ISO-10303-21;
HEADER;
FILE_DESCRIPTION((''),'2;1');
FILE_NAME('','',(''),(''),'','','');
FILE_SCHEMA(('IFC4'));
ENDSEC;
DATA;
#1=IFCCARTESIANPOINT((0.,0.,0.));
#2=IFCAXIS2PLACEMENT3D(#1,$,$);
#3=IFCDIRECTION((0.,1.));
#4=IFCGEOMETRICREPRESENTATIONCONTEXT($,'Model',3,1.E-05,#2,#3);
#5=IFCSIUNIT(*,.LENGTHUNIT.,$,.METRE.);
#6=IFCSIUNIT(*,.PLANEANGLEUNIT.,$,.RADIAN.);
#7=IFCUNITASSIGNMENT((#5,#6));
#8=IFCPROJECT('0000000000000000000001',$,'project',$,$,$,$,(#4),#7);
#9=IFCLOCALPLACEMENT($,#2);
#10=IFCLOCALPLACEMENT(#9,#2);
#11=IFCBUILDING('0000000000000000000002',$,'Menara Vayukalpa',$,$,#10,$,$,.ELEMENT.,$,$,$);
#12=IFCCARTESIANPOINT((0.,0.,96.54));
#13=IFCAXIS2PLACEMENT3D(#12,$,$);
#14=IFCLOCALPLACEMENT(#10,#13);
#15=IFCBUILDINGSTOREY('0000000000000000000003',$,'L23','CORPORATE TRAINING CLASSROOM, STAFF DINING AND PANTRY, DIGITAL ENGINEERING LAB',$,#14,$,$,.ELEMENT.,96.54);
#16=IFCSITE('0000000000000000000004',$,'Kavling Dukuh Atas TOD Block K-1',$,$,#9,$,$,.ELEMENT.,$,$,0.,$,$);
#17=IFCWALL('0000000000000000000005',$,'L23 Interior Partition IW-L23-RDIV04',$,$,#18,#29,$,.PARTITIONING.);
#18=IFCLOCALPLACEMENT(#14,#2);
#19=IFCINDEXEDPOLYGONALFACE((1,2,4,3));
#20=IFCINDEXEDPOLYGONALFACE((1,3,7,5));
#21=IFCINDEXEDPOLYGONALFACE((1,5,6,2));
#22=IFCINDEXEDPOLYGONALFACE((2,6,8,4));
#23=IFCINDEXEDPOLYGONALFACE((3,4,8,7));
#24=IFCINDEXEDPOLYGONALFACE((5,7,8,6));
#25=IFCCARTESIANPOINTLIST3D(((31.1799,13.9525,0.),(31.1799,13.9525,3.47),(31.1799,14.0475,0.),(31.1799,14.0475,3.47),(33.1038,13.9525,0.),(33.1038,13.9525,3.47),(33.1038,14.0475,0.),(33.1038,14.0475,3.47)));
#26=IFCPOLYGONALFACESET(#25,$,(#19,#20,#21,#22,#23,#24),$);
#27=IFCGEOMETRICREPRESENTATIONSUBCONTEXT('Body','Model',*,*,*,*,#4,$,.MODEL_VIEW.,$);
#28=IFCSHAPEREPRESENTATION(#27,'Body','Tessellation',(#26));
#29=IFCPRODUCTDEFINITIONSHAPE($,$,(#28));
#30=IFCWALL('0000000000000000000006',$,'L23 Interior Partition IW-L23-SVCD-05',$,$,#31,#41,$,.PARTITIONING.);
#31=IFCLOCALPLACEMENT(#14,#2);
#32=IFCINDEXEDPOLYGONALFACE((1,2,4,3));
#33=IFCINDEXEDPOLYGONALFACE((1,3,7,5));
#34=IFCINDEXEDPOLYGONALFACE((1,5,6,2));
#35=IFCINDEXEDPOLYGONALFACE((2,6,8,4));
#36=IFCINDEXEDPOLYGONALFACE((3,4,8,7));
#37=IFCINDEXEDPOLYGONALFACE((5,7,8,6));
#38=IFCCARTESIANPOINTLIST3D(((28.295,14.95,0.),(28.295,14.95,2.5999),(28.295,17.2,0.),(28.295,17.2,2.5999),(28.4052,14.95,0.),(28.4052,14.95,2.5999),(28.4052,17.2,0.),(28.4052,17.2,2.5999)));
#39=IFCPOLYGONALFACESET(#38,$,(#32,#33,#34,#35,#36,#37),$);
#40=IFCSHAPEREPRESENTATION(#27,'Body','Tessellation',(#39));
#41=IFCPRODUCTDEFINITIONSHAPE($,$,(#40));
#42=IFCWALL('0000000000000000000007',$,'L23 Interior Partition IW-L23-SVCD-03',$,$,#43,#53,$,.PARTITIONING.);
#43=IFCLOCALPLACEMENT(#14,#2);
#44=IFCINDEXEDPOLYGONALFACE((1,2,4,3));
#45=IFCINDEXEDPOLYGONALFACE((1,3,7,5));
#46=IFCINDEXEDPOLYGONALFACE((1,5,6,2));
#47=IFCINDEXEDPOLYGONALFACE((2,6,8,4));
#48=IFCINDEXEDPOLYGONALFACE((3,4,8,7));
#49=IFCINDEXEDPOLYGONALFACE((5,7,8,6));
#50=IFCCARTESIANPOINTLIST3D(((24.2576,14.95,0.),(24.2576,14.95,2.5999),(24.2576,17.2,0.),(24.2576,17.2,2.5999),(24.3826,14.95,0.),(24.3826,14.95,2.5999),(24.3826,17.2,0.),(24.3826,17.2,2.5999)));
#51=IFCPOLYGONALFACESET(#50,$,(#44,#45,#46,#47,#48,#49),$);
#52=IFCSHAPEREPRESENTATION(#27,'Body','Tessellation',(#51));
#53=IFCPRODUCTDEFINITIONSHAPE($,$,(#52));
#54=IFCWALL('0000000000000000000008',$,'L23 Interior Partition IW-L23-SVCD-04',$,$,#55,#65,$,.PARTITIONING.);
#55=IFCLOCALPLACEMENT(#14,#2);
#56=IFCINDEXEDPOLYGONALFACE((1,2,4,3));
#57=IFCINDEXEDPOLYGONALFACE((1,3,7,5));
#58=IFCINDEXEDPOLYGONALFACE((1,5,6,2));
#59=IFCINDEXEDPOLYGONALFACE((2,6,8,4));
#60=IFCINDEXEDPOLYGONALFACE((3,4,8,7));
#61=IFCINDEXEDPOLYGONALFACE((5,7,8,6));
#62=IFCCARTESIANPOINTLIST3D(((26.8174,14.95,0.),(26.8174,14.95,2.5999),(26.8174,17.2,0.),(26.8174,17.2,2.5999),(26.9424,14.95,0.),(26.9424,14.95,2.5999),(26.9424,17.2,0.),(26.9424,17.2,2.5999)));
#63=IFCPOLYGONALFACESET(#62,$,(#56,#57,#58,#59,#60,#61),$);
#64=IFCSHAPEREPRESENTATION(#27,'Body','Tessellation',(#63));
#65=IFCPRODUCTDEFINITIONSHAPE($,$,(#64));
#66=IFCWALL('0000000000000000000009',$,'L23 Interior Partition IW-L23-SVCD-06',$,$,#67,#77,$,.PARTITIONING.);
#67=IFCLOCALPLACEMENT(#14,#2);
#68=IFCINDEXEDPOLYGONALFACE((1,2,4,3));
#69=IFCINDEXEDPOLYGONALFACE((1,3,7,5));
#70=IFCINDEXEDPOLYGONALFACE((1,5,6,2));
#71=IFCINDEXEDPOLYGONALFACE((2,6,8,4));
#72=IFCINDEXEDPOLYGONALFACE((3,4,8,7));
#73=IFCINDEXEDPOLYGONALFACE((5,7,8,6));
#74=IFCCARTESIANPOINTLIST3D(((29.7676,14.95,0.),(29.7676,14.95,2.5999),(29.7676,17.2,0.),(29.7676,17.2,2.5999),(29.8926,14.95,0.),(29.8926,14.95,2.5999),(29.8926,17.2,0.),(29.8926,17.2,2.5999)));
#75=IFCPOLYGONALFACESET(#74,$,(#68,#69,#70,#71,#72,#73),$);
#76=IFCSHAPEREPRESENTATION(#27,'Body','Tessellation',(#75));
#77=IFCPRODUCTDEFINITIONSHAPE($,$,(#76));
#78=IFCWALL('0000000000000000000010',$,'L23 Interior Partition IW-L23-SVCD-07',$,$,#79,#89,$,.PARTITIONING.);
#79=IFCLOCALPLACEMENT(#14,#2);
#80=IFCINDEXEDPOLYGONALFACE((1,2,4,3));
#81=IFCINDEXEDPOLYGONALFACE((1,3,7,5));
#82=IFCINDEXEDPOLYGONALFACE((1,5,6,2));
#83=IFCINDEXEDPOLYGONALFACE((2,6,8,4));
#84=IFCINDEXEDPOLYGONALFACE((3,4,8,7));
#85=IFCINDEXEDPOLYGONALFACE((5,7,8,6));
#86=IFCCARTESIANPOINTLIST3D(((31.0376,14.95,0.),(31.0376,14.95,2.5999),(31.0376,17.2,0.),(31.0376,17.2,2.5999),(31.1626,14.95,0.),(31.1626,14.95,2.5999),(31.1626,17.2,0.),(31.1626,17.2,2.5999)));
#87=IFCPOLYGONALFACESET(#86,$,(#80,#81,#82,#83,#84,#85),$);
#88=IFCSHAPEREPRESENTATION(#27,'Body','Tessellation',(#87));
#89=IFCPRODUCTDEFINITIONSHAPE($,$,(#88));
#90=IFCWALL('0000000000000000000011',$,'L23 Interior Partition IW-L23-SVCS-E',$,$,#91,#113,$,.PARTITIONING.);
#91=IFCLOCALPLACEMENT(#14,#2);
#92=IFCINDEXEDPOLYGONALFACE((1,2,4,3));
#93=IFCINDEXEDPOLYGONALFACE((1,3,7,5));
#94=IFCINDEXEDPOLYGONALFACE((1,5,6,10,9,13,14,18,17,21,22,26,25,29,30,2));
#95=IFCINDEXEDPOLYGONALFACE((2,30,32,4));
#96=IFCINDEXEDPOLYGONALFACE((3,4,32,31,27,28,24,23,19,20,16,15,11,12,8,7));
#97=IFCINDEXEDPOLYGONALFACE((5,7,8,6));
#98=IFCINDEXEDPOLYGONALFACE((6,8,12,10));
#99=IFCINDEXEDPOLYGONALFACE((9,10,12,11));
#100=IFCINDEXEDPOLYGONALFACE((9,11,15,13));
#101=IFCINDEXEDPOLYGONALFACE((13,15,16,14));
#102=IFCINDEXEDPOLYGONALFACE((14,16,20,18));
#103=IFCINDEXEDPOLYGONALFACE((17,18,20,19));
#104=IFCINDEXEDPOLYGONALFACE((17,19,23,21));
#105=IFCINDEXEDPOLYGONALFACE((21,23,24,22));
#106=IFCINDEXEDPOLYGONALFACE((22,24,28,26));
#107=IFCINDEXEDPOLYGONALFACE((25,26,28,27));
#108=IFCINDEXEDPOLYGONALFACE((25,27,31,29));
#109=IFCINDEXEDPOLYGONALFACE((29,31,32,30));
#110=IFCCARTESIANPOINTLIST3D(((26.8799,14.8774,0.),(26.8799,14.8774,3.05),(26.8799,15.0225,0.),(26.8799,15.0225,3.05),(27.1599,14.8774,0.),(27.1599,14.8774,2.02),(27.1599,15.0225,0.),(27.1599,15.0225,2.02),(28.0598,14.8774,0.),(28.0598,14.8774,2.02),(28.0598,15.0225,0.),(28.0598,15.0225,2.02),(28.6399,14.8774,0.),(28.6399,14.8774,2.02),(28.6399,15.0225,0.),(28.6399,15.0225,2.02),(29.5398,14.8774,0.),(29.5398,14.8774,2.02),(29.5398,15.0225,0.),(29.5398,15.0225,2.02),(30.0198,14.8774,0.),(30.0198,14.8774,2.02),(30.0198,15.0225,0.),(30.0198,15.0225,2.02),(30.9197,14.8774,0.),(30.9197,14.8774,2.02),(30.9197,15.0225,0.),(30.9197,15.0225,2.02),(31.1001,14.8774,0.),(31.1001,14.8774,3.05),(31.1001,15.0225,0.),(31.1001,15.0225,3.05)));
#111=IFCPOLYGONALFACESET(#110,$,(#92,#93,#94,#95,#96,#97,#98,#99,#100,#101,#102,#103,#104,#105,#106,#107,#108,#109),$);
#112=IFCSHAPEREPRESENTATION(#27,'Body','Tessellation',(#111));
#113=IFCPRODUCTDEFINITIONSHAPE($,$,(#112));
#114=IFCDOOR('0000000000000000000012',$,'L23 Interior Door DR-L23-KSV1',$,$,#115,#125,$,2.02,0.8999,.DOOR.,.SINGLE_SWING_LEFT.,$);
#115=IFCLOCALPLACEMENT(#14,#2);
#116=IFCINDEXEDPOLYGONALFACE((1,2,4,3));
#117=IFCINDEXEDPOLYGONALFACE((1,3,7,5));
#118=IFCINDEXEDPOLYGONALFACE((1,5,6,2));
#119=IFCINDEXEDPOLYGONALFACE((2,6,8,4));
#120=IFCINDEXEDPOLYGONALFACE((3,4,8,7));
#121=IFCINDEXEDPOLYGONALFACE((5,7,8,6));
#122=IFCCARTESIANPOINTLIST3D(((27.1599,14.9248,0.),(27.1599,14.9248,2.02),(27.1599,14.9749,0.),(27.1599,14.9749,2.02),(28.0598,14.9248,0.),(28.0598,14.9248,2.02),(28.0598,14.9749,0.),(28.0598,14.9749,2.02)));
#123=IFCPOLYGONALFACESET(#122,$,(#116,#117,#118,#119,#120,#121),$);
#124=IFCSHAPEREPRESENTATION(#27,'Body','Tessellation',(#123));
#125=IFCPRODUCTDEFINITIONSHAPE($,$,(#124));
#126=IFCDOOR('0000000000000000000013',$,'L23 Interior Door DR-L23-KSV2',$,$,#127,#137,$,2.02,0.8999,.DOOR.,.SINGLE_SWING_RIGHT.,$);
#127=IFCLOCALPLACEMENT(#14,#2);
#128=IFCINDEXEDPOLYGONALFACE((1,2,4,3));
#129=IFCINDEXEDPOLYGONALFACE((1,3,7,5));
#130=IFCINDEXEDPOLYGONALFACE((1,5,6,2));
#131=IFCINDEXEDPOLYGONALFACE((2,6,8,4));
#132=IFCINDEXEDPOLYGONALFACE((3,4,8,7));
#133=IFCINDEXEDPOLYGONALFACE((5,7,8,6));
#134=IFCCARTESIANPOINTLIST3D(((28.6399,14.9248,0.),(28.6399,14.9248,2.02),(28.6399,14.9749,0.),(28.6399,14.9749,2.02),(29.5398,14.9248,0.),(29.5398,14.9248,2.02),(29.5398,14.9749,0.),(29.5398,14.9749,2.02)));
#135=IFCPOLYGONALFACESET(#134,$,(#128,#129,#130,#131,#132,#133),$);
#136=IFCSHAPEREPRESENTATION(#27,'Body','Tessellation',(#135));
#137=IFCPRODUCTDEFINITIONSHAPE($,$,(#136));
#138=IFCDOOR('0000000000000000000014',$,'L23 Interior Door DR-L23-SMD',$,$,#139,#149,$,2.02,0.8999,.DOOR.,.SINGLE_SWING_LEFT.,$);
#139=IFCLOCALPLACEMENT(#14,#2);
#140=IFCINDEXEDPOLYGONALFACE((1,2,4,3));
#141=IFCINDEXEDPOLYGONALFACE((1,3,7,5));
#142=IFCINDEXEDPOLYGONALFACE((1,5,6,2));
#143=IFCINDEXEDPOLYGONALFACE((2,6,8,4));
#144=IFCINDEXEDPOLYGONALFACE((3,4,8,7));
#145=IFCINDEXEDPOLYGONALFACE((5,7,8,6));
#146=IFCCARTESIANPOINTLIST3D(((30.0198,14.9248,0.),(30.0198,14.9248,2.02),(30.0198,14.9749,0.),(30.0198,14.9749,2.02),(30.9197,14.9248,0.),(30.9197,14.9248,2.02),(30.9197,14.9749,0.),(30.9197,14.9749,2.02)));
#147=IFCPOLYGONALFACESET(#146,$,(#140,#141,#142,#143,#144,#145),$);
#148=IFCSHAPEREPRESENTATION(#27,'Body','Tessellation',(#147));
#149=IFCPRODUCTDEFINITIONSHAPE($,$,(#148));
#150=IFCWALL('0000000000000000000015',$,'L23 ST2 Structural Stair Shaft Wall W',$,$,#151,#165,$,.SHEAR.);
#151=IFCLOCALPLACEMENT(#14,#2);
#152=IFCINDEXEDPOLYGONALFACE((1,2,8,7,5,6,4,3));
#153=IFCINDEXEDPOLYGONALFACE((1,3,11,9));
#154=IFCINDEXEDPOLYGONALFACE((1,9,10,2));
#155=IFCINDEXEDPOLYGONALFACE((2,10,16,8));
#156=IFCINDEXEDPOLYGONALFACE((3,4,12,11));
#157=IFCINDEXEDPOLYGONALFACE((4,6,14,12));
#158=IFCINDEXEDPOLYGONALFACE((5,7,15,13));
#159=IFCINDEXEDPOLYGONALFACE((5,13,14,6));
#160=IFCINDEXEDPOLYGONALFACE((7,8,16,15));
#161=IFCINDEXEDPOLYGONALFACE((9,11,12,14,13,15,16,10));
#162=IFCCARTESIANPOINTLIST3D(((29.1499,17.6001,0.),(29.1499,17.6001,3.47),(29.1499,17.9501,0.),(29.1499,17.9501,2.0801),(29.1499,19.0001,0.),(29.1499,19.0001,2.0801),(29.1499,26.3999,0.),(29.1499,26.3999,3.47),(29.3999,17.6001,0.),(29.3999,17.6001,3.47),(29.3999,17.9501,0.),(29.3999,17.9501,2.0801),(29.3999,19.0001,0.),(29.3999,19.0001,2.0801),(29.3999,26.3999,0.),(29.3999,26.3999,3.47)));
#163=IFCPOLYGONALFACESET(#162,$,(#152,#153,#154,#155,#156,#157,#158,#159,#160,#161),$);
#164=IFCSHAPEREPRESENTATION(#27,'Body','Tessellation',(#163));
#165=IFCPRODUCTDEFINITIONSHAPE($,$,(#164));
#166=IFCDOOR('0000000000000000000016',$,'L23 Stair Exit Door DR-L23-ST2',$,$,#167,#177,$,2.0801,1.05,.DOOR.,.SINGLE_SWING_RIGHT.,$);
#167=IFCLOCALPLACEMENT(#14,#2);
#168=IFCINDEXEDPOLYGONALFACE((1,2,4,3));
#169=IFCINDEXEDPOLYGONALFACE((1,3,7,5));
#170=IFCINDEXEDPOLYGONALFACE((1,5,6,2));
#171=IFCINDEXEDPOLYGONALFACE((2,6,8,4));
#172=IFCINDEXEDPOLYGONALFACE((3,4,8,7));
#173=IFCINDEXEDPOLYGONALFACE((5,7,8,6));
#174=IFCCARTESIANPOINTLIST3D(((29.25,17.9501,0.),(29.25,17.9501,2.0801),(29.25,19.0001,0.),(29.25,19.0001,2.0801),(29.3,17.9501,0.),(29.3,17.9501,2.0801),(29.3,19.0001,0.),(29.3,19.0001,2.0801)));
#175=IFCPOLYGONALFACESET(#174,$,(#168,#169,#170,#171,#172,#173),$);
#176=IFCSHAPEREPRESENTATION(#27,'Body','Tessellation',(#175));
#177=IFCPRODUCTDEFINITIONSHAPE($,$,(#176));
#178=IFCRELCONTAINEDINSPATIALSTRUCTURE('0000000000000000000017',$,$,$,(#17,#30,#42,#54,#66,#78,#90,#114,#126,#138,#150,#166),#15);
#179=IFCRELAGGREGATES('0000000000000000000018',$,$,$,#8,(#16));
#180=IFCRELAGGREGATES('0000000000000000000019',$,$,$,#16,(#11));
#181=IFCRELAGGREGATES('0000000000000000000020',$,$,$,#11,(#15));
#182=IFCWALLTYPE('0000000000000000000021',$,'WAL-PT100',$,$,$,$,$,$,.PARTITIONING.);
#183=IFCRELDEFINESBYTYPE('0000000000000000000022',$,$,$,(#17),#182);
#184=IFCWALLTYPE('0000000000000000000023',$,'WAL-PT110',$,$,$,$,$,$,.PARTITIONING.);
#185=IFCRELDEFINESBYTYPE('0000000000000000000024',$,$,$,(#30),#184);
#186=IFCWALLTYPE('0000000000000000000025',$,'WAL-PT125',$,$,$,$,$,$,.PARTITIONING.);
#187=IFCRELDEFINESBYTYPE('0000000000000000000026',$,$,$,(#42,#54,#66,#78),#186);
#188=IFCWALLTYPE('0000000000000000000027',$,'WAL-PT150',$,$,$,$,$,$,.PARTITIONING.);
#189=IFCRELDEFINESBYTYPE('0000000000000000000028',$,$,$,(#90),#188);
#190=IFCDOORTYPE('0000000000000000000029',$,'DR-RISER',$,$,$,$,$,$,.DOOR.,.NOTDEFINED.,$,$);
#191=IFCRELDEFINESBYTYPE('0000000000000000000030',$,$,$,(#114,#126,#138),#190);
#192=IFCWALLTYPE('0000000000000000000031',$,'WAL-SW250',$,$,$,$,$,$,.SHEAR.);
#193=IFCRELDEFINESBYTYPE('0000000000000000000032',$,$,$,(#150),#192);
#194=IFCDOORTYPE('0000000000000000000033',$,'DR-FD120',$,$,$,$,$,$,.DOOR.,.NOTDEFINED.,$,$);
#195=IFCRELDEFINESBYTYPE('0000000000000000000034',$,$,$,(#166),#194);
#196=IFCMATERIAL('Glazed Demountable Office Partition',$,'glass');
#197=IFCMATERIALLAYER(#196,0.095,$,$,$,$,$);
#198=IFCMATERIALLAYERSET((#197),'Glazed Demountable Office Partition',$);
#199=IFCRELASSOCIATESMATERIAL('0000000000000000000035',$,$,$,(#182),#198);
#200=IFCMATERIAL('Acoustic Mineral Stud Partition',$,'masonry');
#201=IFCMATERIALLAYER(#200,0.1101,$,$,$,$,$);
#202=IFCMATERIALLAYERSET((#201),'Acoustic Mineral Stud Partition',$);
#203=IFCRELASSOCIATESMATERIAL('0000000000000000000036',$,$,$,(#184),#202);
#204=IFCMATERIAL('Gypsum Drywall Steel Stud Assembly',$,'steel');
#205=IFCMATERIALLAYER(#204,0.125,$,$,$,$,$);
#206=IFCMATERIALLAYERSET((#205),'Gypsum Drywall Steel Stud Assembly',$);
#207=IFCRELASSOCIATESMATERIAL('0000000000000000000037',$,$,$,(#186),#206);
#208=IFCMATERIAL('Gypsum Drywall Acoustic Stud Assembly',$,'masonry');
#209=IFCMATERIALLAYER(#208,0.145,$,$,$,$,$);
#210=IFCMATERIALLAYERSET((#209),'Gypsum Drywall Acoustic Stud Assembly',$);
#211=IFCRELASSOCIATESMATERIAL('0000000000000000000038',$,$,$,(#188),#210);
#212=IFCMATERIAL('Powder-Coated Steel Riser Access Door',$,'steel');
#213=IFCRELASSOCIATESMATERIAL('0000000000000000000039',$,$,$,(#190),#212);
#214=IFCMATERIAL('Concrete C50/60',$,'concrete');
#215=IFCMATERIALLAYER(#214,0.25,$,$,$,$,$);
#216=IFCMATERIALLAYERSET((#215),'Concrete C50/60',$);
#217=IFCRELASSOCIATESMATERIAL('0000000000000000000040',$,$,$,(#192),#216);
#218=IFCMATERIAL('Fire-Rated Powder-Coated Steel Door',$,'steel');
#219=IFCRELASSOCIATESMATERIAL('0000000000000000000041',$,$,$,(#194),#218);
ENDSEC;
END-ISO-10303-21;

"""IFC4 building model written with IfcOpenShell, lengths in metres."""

from ifc_helpers import new_model, si_unit, direction, frame, frame_2d, origin, place, context, subcontext, project, spatial, rectangle, extrude, material, layer, layer_set, type_object, element, fill, save


model = new_model("IFC4")

# Units and contexts
model_context = context("Model", 3, precision=1e-05, world=origin(), true_north=direction((0.0, 1.0)))
body_context = subcontext(model_context, "Body", "Model", "MODEL_VIEW")
ifc_project = project(units=[si_unit("LENGTHUNIT", "METRE"), si_unit("PLANEANGLEUNIT", "RADIAN")], contexts=[model_context])

# Site, building, storey
site_placement = place(None, origin())
site = spatial("IfcSite", under=ifc_project, at=site_placement, Name="Kavling Dukuh Atas TOD Block K-1", CompositionType="ELEMENT", RefElevation=0.0)
building_placement = place(site_placement, origin())
building = spatial("IfcBuilding", under=site, at=building_placement, Name="Menara Vayukalpa", CompositionType="ELEMENT")
storey_placement = place(building_placement, frame((0.0, 0.0, 96.54)))
storey = spatial("IfcBuildingStorey", under=building, at=storey_placement, Name="L23", Description="CORPORATE TRAINING CLASSROOM, STAFF DINING AND PANTRY, DIGITAL ENGINEERING LAB", CompositionType="ELEMENT", Elevation=96.54)

# Walls
ifc_material_1 = material(Name="Glazed Demountable Office Partition", Category="glass")
ifc_layer_1 = layer(ifc_material_1, 0.095)
ifc_layer_set_1 = layer_set([ifc_layer_1], Name="Glazed Demountable Office Partition")
wall_type_1 = type_object("IfcWallType", Name="WAL-PT100", PredefinedType="PARTITIONING", material=ifc_layer_set_1)
wall_1_placement = place(storey_placement, frame((31.1799, 14.0, 0.0), z_axis=(0.0, 0.0, 1.0), x_axis=(1.0, 0.0, 0.0)))
element("IfcWall", 1, at=wall_1_placement, inside=storey, type_object=wall_type_1, Name="L23 Interior Partition IW-L23-RDIV04", PredefinedType="PARTITIONING", context=body_context, shape_type="SweptSolid", body=[
    extrude(rectangle(XDim=1.9238, YDim=0.095, at=frame_2d((0.9619, 0.0))), origin(), (0.0, 0.0, 1.0), 3.47),
])
ifc_material_2 = material(Name="Acoustic Mineral Stud Partition", Category="masonry")
ifc_layer_2 = layer(ifc_material_2, 0.1101)
ifc_layer_set_2 = layer_set([ifc_layer_2], Name="Acoustic Mineral Stud Partition")
wall_type_2 = type_object("IfcWallType", Name="WAL-PT110", PredefinedType="PARTITIONING", material=ifc_layer_set_2)
wall_2_placement = place(storey_placement, frame((28.3501, 14.95, 0.0), z_axis=(0.0, 0.0, 1.0), x_axis=(0.0, 1.0, 0.0)))
element("IfcWall", 2, at=wall_2_placement, inside=storey, type_object=wall_type_2, Name="L23 Interior Partition IW-L23-SVCD-05", PredefinedType="PARTITIONING", context=body_context, shape_type="SweptSolid", body=[
    extrude(rectangle(XDim=2.25, YDim=0.1101, at=frame_2d((1.125, 0.0))), origin(), (0.0, 0.0, 1.0), 2.5999),
])
ifc_material_3 = material(Name="Gypsum Drywall Steel Stud Assembly", Category="steel")
ifc_layer_3 = layer(ifc_material_3, 0.125)
ifc_layer_set_3 = layer_set([ifc_layer_3], Name="Gypsum Drywall Steel Stud Assembly")
wall_type_3 = type_object("IfcWallType", Name="WAL-PT125", PredefinedType="PARTITIONING", material=ifc_layer_set_3)
for number, where, z_axis, x_axis, name in (
    (3, (24.3201, 14.95, 0.0), (0.0, 0.0, 1.0), (0.0, 1.0, 0.0), "L23 Interior Partition IW-L23-SVCD-03"),
    (4, (26.8799, 14.95, 0.0), (0.0, 0.0, 1.0), (0.0, 1.0, 0.0), "L23 Interior Partition IW-L23-SVCD-04"),
    (5, (29.8301, 14.95, 0.0), (0.0, 0.0, 1.0), (0.0, 1.0, 0.0), "L23 Interior Partition IW-L23-SVCD-06"),
    (6, (31.1001, 14.95, 0.0), (0.0, 0.0, 1.0), (0.0, 1.0, 0.0), "L23 Interior Partition IW-L23-SVCD-07"),
):
    element("IfcWall", number, at=place(storey_placement, frame(where, z_axis=z_axis, x_axis=x_axis)), inside=storey, type_object=wall_type_3, Name=name, PredefinedType="PARTITIONING", context=body_context, shape_type="SweptSolid", body=[
        extrude(rectangle(XDim=2.25, YDim=0.125, at=frame_2d((1.125, 0.0))), origin(), (0.0, 0.0, 1.0), 2.5999),
    ])

# Wall, openings, doors
ifc_material_4 = material(Name="Gypsum Drywall Acoustic Stud Assembly", Category="masonry")
ifc_layer_4 = layer(ifc_material_4, 0.145)
ifc_layer_set_4 = layer_set([ifc_layer_4], Name="Gypsum Drywall Acoustic Stud Assembly")
wall_type_4 = type_object("IfcWallType", Name="WAL-PT150", PredefinedType="PARTITIONING", material=ifc_layer_set_4)
wall_3_placement = place(storey_placement, frame((26.8799, 14.95, 0.0), z_axis=(0.0, 0.0, 1.0), x_axis=(1.0, 0.0, 0.0)))
wall_3 = element("IfcWall", 7, at=wall_3_placement, inside=storey, type_object=wall_type_4, Name="L23 Interior Partition IW-L23-SVCS-E", PredefinedType="PARTITIONING", context=body_context, shape_type="SweptSolid", body=[
    extrude(rectangle(XDim=4.2202, YDim=0.145, at=frame_2d((2.1101, 0.0))), origin(), (0.0, 0.0, 1.0), 3.05),
])
opening_1_placement = place(wall_3_placement, frame((0.28, 0.0, 0.0)))
opening_1 = element("IfcOpeningElement", 8, at=opening_1_placement, cuts=wall_3, PredefinedType="OPENING", context=body_context, shape_type="SweptSolid", body=[
    extrude(rectangle(XDim=0.8999, YDim=2.02, at=frame_2d((0.45, 1.01))), frame((0.0, 0.0825, 0.0), z_axis=(0.0, -1.0, 0.0), x_axis=(1.0, 0.0, 0.0)), (0.0, 0.0, 1.0), 0.165),
])
opening_2_placement = place(wall_3_placement, frame((1.76, 0.0, 0.0)))
opening_2 = element("IfcOpeningElement", 9, at=opening_2_placement, cuts=wall_3, PredefinedType="OPENING", context=body_context, shape_type="SweptSolid", body=[
    extrude(rectangle(XDim=0.8999, YDim=2.02, at=frame_2d((0.45, 1.01))), frame((0.0, 0.0825, 0.0), z_axis=(0.0, -1.0, 0.0), x_axis=(1.0, 0.0, 0.0)), (0.0, 0.0, 1.0), 0.165),
])
opening_3_placement = place(wall_3_placement, frame((3.1399, 0.0, 0.0)))
opening_3 = element("IfcOpeningElement", 10, at=opening_3_placement, cuts=wall_3, PredefinedType="OPENING", context=body_context, shape_type="SweptSolid", body=[
    extrude(rectangle(XDim=0.8999, YDim=2.02, at=frame_2d((0.45, 1.01))), frame((0.0, 0.0825, 0.0), z_axis=(0.0, -1.0, 0.0), x_axis=(1.0, 0.0, 0.0)), (0.0, 0.0, 1.0), 0.165),
])
ifc_material_5 = material(Name="Powder-Coated Steel Riser Access Door", Category="steel")
door_type_1 = type_object("IfcDoorType", Name="DR-RISER", OperationType="NOTDEFINED", PredefinedType="DOOR", material=ifc_material_5)
door_1_placement = place(opening_1_placement, origin())
door_1 = element("IfcDoor", 11, at=door_1_placement, inside=storey, type_object=door_type_1, Name="L23 Interior Door DR-L23-KSV1", OperationType="SINGLE_SWING_LEFT", OverallHeight=2.02, OverallWidth=0.8999, PredefinedType="DOOR", context=body_context, shape_type="SweptSolid", body=[
    extrude(rectangle(XDim=0.8999, YDim=2.02, at=frame_2d((0.45, 1.01))), frame((0.0, 0.0249, 0.0), z_axis=(0.0, -1.0, 0.0), x_axis=(1.0, 0.0, 0.0)), (0.0, 0.0, 1.0), 0.05),
])
fill(opening_1, door_1)
door_2_placement = place(opening_2_placement, origin())
door_2 = element("IfcDoor", 12, at=door_2_placement, inside=storey, type_object=door_type_1, Name="L23 Interior Door DR-L23-KSV2", OperationType="SINGLE_SWING_RIGHT", OverallHeight=2.02, OverallWidth=0.8999, PredefinedType="DOOR", context=body_context, shape_type="SweptSolid", body=[
    extrude(rectangle(XDim=0.8999, YDim=2.02, at=frame_2d((0.45, 1.01))), frame((0.0, 0.0249, 0.0), z_axis=(0.0, -1.0, 0.0), x_axis=(1.0, 0.0, 0.0)), (0.0, 0.0, 1.0), 0.05),
])
fill(opening_2, door_2)
door_3_placement = place(opening_3_placement, origin())
door_3 = element("IfcDoor", 13, at=door_3_placement, inside=storey, type_object=door_type_1, Name="L23 Interior Door DR-L23-SMD", OperationType="SINGLE_SWING_LEFT", OverallHeight=2.02, OverallWidth=0.8999, PredefinedType="DOOR", context=body_context, shape_type="SweptSolid", body=[
    extrude(rectangle(XDim=0.8999, YDim=2.02, at=frame_2d((0.45, 1.01))), frame((0.0, 0.0249, 0.0), z_axis=(0.0, -1.0, 0.0), x_axis=(1.0, 0.0, 0.0)), (0.0, 0.0, 1.0), 0.05),
])
fill(opening_3, door_3)

# Wall, opening, door
ifc_material_6 = material(Name="Concrete C50/60", Category="concrete")
ifc_layer_5 = layer(ifc_material_6, 0.25)
ifc_layer_set_5 = layer_set([ifc_layer_5], Name="Concrete C50/60")
wall_type_5 = type_object("IfcWallType", Name="WAL-SW250", PredefinedType="SHEAR", material=ifc_layer_set_5)
wall_4_placement = place(storey_placement, frame((29.2749, 17.6001, 0.0), z_axis=(0.0, 0.0, 1.0), x_axis=(0.0, 1.0, 0.0)))
wall_4 = element("IfcWall", 14, at=wall_4_placement, inside=storey, type_object=wall_type_5, Name="L23 ST2 Structural Stair Shaft Wall W", PredefinedType="SHEAR", context=body_context, shape_type="SweptSolid", body=[
    extrude(rectangle(XDim=8.7998, YDim=0.25, at=frame_2d((4.3999, 0.0))), origin(), (0.0, 0.0, 1.0), 3.47),
])
opening_4_placement = place(wall_4_placement, frame((0.3501, 0.0, 0.0)))
opening_4 = element("IfcOpeningElement", 15, at=opening_4_placement, cuts=wall_4, PredefinedType="OPENING", context=body_context, shape_type="SweptSolid", body=[
    extrude(rectangle(XDim=1.05, YDim=2.0801, at=frame_2d((0.5249, 1.04))), frame((0.0, 0.135, 0.0), z_axis=(0.0, -1.0, 0.0), x_axis=(1.0, 0.0, 0.0)), (0.0, 0.0, 1.0), 0.27),
])
ifc_material_7 = material(Name="Fire-Rated Powder-Coated Steel Door", Category="steel")
door_type_2 = type_object("IfcDoorType", Name="DR-FD120", OperationType="NOTDEFINED", PredefinedType="DOOR", material=ifc_material_7)
door_4_placement = place(opening_4_placement, origin())
door_4 = element("IfcDoor", 16, at=door_4_placement, inside=storey, type_object=door_type_2, Name="L23 Stair Exit Door DR-L23-ST2", OperationType="SINGLE_SWING_RIGHT", OverallHeight=2.0801, OverallWidth=1.05, PredefinedType="DOOR", context=body_context, shape_type="SweptSolid", body=[
    extrude(rectangle(XDim=1.05, YDim=2.0801, at=frame_2d((0.5249, 1.04))), frame((0.0, 0.0249, 0.0), z_axis=(0.0, -1.0, 0.0), x_axis=(1.0, 0.0, 0.0)), (0.0, 0.0, 1.0), 0.05),
])
fill(opening_4, door_4)

save(model, "model.ifc")
